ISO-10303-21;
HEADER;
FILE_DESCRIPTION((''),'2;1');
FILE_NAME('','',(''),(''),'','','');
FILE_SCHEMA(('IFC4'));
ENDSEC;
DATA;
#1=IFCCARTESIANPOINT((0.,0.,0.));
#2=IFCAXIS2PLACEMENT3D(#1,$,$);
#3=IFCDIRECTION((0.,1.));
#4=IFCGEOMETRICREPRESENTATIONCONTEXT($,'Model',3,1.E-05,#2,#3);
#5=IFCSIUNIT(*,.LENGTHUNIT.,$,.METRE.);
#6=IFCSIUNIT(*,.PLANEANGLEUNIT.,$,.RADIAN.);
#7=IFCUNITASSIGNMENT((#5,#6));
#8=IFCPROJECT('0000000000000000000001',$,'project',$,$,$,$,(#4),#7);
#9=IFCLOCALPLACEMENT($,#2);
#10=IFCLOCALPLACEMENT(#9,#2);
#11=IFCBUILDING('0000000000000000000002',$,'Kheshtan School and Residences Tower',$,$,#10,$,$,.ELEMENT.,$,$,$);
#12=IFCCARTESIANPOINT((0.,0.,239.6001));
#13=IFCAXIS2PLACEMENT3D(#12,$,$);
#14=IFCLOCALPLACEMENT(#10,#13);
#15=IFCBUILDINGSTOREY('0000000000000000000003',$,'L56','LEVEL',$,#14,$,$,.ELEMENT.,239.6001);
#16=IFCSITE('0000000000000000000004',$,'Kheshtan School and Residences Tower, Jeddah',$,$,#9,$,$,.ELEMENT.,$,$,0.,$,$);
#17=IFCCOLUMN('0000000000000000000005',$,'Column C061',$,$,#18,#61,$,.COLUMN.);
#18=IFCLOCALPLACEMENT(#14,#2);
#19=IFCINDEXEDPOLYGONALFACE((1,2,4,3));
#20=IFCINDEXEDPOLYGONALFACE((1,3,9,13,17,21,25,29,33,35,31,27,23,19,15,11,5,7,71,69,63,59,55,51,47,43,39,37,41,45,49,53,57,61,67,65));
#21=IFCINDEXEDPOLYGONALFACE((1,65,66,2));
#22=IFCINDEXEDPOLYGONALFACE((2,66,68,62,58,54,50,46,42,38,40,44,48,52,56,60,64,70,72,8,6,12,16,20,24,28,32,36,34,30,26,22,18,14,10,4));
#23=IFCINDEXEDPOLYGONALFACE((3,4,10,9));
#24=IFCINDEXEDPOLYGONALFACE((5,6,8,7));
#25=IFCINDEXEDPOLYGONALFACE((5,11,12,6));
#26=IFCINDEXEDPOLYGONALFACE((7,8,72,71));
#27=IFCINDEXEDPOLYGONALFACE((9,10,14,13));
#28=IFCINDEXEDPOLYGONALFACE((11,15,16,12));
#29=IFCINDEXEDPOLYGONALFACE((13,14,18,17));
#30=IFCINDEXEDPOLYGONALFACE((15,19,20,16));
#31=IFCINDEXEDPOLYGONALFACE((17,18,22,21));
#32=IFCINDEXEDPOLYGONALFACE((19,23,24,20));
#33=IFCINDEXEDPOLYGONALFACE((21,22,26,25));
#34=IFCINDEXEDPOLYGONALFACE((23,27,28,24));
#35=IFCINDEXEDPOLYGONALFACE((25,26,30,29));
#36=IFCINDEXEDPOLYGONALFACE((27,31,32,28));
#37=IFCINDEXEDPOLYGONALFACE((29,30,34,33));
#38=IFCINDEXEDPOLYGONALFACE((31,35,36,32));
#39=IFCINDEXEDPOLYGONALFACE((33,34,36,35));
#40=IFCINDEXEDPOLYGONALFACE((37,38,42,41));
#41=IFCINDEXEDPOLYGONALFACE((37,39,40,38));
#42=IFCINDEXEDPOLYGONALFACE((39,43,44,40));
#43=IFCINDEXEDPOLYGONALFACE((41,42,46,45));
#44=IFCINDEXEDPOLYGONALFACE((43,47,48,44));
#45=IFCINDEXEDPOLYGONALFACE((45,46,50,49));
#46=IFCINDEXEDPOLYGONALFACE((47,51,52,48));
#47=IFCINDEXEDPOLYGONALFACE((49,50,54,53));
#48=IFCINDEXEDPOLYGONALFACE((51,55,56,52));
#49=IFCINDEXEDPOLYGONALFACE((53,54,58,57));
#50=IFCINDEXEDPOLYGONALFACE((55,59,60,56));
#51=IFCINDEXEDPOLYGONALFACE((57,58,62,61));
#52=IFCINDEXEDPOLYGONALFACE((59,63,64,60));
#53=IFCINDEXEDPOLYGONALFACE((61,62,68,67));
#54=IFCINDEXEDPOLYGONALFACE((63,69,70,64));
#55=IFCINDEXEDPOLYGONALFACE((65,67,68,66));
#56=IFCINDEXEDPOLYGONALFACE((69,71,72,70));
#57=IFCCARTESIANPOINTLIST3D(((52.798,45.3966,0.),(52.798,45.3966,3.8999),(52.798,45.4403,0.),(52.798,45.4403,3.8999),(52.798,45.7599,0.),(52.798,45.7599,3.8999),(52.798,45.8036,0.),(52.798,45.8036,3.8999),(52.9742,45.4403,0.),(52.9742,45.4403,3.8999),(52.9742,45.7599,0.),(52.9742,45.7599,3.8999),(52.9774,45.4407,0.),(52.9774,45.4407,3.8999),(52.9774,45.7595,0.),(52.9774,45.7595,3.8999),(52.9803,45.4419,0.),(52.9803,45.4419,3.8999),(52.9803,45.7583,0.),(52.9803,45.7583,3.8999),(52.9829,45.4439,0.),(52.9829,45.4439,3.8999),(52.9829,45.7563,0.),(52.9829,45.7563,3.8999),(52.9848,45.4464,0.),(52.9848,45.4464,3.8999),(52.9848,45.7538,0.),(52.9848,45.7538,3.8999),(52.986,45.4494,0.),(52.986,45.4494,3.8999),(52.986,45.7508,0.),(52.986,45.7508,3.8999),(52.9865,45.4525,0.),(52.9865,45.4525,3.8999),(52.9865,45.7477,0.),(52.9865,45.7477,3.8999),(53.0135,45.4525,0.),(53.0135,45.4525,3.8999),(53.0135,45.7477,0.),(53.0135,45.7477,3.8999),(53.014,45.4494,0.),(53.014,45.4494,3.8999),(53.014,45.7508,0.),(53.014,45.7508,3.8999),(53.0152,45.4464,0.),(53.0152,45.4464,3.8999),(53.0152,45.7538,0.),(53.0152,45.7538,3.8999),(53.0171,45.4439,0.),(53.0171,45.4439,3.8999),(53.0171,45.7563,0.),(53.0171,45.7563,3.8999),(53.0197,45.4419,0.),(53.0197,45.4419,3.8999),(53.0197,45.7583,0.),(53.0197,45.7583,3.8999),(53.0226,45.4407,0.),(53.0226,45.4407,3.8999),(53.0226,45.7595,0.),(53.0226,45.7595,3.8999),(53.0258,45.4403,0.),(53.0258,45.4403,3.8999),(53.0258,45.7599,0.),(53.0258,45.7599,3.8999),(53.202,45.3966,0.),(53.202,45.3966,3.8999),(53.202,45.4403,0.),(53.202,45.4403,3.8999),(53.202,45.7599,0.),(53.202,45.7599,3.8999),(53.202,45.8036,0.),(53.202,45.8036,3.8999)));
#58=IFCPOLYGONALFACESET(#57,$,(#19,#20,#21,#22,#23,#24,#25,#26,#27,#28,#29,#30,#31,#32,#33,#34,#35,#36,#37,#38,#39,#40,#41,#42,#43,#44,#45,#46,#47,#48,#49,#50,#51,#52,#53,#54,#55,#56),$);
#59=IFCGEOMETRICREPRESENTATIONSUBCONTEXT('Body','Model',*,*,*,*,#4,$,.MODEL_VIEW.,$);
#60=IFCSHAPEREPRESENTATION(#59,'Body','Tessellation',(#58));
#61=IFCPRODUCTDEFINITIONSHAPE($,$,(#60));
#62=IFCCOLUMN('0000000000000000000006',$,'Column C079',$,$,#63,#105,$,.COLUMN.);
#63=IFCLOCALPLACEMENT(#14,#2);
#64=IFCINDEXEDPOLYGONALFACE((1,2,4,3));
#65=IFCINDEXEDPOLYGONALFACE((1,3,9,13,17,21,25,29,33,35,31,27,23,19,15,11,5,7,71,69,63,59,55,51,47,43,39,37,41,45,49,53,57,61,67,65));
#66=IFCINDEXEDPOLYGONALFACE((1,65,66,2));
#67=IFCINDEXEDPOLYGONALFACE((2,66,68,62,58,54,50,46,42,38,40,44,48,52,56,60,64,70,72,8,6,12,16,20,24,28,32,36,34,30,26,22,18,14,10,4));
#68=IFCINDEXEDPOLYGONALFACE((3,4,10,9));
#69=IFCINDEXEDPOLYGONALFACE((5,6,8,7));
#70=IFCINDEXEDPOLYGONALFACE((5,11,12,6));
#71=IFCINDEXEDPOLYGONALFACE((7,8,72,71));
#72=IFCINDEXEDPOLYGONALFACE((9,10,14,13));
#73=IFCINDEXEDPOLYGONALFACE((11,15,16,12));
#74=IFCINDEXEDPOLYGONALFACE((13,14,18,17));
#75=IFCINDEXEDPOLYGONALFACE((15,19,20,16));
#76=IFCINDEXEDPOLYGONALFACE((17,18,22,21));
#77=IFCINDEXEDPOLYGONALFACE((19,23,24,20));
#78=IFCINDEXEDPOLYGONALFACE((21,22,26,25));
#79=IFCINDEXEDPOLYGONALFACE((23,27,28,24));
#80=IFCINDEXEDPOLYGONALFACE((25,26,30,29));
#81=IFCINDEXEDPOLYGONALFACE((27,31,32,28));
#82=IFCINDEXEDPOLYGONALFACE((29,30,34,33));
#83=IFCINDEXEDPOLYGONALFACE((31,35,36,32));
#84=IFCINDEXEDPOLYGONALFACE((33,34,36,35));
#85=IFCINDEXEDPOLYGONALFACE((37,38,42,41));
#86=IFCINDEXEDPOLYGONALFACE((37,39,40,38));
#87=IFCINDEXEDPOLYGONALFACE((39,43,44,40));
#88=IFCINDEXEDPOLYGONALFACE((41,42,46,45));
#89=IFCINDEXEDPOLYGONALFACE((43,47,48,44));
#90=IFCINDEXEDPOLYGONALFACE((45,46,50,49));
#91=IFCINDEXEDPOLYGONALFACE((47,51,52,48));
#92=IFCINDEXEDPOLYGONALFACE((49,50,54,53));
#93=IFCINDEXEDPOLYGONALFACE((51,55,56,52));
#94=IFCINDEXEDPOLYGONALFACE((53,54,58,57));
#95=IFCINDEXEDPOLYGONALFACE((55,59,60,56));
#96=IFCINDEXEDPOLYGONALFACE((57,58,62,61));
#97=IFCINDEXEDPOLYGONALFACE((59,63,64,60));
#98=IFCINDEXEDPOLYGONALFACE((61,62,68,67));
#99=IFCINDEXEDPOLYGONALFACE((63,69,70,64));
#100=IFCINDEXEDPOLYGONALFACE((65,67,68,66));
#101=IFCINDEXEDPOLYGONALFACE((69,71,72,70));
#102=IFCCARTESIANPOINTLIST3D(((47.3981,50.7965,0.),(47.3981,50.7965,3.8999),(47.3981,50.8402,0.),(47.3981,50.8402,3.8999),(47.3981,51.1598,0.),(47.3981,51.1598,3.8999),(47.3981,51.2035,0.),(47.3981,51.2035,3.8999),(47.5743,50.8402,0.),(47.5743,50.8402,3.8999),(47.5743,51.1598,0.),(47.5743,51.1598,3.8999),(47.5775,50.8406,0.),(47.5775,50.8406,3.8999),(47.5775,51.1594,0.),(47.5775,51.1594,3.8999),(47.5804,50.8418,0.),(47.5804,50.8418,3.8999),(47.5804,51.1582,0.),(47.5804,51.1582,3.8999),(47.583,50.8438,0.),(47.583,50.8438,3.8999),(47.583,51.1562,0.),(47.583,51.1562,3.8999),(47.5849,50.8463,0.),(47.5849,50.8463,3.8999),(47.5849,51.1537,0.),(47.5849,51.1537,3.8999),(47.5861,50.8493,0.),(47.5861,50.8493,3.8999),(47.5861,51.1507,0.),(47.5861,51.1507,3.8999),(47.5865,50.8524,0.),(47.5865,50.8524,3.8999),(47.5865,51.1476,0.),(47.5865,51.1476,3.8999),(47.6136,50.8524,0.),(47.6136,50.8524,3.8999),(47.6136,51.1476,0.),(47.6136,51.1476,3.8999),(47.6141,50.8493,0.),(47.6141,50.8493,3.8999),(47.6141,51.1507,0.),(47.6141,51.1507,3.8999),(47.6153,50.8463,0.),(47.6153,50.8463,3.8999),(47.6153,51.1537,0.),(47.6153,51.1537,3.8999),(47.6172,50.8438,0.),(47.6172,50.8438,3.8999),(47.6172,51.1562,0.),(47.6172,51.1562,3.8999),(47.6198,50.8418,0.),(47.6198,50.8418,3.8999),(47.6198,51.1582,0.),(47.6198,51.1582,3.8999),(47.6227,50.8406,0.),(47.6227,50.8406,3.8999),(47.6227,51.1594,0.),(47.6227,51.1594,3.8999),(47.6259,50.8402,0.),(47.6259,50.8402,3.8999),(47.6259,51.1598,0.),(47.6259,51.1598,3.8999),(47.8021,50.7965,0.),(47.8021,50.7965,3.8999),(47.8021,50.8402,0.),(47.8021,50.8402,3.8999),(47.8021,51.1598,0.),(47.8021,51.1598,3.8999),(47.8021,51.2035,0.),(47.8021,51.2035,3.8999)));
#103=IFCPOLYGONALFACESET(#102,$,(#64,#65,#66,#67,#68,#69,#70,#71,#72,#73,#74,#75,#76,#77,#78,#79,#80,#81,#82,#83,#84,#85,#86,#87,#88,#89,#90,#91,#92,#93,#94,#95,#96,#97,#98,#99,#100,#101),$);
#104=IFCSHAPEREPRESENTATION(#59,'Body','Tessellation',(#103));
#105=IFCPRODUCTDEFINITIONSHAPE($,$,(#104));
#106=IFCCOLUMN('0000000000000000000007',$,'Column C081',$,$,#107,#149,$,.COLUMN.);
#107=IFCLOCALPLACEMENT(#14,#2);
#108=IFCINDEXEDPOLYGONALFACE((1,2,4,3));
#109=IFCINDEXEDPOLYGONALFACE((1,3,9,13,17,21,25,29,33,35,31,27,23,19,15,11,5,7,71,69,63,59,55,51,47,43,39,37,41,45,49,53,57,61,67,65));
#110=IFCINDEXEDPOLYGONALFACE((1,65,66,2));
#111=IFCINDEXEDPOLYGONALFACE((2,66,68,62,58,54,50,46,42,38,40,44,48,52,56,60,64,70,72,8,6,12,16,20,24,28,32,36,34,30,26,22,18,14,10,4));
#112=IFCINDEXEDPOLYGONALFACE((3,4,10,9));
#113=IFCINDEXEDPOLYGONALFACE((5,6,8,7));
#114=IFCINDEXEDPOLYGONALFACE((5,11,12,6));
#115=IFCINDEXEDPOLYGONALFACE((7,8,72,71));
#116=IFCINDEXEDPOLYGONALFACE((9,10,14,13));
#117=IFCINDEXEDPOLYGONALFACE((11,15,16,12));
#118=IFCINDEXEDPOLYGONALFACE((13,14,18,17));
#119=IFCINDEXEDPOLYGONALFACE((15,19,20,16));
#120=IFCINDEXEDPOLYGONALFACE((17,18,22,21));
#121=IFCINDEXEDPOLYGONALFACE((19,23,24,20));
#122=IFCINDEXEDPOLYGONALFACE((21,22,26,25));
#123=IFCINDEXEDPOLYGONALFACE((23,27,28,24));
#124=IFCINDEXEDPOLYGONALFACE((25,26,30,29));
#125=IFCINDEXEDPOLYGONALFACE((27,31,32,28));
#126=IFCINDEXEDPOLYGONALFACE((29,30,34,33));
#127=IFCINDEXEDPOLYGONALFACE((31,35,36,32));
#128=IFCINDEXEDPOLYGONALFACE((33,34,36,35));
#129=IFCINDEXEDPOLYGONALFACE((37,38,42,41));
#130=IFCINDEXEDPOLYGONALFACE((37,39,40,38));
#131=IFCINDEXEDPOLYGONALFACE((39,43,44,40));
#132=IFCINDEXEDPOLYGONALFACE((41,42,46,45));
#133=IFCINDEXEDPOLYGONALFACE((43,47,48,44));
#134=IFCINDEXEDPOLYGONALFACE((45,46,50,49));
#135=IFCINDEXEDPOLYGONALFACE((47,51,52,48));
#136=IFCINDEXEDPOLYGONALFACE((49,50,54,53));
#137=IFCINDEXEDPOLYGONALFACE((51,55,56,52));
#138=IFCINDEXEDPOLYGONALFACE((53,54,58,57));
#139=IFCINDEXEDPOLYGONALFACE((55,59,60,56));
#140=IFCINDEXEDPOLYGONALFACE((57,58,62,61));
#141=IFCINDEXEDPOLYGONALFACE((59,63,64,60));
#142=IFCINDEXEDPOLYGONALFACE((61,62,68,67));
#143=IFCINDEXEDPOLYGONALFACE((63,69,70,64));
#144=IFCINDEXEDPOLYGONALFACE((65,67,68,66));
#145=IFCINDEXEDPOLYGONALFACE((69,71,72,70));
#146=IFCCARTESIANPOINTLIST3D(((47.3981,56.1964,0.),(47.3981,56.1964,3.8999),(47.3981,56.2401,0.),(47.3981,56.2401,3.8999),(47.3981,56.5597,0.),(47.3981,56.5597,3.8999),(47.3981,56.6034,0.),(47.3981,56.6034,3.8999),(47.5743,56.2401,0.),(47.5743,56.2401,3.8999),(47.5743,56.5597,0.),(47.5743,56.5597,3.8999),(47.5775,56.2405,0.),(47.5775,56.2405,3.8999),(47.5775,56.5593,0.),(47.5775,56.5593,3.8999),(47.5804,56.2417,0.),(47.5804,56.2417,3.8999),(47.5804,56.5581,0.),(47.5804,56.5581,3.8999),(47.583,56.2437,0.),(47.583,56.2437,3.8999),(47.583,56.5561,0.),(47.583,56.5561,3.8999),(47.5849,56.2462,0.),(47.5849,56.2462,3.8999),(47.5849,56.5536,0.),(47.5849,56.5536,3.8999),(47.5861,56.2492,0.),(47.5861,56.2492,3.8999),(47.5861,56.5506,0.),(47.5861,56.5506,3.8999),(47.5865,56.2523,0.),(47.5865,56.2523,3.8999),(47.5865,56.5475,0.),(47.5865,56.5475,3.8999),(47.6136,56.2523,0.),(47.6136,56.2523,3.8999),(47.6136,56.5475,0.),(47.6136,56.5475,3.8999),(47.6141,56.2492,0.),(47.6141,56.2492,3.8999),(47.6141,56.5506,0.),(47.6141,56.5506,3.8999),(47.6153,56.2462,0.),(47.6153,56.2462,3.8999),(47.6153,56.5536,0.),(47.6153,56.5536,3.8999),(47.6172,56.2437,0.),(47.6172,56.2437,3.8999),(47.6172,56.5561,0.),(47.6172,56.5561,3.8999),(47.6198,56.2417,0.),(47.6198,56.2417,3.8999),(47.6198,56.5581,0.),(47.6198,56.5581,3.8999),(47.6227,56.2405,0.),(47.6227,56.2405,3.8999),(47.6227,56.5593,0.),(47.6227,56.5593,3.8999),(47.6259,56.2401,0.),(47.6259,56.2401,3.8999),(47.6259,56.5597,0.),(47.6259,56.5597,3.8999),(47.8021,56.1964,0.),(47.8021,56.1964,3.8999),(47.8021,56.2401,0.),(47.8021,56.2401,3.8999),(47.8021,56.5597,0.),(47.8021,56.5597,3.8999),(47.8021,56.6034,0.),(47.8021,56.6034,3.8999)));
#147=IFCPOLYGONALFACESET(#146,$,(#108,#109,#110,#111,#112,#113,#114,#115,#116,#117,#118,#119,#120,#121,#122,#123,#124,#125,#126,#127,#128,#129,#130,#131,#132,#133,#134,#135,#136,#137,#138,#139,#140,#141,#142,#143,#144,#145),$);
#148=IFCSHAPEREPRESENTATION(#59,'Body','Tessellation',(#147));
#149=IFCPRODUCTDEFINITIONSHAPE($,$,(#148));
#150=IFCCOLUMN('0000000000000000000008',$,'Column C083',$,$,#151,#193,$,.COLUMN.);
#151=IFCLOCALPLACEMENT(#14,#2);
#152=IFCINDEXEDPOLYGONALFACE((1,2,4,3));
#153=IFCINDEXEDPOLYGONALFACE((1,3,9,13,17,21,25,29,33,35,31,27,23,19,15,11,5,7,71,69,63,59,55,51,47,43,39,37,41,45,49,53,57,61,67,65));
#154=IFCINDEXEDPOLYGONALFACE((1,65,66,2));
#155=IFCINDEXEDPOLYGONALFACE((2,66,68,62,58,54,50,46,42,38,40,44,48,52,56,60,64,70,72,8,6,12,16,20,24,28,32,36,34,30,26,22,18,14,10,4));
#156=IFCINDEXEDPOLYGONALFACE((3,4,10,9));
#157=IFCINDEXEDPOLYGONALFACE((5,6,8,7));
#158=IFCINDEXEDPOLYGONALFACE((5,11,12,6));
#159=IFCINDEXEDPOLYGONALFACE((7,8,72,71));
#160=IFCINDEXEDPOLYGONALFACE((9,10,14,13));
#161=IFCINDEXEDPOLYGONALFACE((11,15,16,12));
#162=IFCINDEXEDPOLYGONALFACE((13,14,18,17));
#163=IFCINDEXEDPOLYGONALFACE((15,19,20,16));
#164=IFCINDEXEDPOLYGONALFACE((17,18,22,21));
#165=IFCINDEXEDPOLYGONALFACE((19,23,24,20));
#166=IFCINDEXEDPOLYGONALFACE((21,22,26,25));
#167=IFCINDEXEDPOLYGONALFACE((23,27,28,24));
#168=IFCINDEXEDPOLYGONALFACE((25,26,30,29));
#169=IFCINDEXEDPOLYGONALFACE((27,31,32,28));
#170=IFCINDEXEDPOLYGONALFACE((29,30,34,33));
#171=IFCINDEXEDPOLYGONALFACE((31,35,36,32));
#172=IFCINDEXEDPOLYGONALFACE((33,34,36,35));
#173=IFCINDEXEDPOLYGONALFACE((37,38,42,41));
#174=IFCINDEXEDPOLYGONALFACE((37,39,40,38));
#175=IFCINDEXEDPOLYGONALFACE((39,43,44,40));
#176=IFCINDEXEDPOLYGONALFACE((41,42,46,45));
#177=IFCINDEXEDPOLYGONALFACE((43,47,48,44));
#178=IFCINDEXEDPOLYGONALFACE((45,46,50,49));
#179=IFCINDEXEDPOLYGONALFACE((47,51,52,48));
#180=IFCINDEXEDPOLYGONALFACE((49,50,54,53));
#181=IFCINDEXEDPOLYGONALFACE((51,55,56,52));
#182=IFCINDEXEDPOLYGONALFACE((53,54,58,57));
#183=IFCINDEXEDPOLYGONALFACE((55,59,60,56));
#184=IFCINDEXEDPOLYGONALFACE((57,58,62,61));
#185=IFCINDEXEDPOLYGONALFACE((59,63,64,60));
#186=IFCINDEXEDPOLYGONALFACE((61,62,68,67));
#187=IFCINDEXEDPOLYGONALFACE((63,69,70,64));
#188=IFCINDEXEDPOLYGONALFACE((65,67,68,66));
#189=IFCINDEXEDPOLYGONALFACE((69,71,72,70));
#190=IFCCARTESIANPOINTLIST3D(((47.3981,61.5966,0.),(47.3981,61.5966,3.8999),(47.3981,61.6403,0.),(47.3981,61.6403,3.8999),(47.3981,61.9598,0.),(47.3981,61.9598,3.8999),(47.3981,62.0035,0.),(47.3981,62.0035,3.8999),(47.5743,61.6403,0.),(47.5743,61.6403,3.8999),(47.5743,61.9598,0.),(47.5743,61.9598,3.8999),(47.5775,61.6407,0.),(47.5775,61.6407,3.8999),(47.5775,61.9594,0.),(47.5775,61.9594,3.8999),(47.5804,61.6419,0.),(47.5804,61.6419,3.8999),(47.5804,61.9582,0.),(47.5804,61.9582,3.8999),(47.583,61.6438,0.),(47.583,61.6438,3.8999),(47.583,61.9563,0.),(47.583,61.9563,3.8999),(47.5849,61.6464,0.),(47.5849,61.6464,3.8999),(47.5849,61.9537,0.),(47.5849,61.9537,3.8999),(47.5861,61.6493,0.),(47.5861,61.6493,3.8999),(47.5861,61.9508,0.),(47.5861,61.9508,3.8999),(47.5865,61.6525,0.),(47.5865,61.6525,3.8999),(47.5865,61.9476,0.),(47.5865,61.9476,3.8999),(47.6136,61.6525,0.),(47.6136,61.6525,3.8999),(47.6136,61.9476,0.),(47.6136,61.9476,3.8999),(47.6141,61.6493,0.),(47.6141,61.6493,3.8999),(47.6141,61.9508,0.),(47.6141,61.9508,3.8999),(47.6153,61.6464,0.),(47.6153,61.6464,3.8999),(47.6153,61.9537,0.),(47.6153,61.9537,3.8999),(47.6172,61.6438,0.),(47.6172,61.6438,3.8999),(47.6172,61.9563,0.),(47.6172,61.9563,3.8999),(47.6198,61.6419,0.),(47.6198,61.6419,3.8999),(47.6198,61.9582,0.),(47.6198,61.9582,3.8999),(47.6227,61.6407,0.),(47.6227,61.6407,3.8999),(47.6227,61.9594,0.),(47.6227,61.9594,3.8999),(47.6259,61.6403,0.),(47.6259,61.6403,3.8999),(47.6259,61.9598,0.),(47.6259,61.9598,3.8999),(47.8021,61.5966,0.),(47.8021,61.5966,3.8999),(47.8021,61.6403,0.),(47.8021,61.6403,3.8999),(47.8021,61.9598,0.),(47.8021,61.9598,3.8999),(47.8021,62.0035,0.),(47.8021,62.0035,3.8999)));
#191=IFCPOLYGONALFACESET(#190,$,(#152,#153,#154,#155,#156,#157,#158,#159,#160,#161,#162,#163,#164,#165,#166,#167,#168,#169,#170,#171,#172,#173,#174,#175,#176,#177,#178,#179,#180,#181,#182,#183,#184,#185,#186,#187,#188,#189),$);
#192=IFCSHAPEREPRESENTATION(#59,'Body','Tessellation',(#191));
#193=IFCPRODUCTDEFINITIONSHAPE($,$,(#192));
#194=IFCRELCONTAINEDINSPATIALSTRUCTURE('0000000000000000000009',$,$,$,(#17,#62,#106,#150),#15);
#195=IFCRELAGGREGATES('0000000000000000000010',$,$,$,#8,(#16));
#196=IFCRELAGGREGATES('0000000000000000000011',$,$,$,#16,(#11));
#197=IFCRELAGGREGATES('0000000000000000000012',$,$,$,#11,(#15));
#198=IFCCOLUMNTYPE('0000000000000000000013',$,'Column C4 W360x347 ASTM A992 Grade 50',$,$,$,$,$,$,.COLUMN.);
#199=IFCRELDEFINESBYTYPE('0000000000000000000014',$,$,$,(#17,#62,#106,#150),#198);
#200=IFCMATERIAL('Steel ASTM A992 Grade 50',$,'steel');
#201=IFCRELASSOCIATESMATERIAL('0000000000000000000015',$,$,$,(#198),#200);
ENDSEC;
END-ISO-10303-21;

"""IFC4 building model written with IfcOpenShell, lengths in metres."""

from ifc_helpers import new_model, si_unit, direction, frame, origin, origin_2d, place, context, subcontext, project, spatial, i_section, extrude, material, material_profile, profile_set, type_object, element, save


model = new_model("IFC4")

# Units and contexts
model_context = context("Model", 3, precision=1e-05, world=origin(), true_north=direction((0.0, 1.0)))
body_context = subcontext(model_context, "Body", "Model", "MODEL_VIEW")
ifc_project = project(units=[si_unit("LENGTHUNIT", "METRE"), si_unit("PLANEANGLEUNIT", "RADIAN")], contexts=[model_context])

# Site, building, storey
site_placement = place(None, origin())
site = spatial("IfcSite", under=ifc_project, at=site_placement, Name="Kheshtan School and Residences Tower, Jeddah", CompositionType="ELEMENT", RefElevation=0.0)
building_placement = place(site_placement, origin())
building = spatial("IfcBuilding", under=site, at=building_placement, Name="Kheshtan School and Residences Tower", CompositionType="ELEMENT")
storey_placement = place(building_placement, frame((0.0, 0.0, 239.6001)))
storey = spatial("IfcBuildingStorey", under=building, at=storey_placement, Name="L56", Description="LEVEL", CompositionType="ELEMENT", Elevation=239.6001)

# Columns
ifc_material_1 = material(Name="Steel ASTM A992 Grade 50", Category="steel")
ifc_material_profile_1 = material_profile(ifc_material_1, i_section(OverallWidth=0.4041, OverallDepth=0.407, WebThickness=0.0271, FlangeThickness=0.0437, FilletRadius=0.0122, at=origin_2d()), Name="W360x347")
ifc_profile_set_1 = profile_set([ifc_material_profile_1], Name="Steel ASTM A992 Grade 50")
column_type_1 = type_object("IfcColumnType", Name="Column C4 W360x347 ASTM A992 Grade 50", PredefinedType="COLUMN", material=ifc_profile_set_1)
for number, where, z_axis, x_axis, name in (
    (1, (53.0, 45.6001, 0.0), (0.0, 0.0, 1.0), (1.0, 0.0, 0.0), "Column C061"),
    (2, (47.6001, 51.0, 0.0), (0.0, 0.0, 1.0), (1.0, 0.0, 0.0), "Column C079"),
    (3, (47.6001, 56.3999, 0.0), (0.0, 0.0, 1.0), (1.0, 0.0, 0.0), "Column C081"),
    (4, (47.6001, 61.8, 0.0), (0.0, 0.0, 1.0), (1.0, 0.0, 0.0), "Column C083"),
):
    element("IfcColumn", number, at=place(storey_placement, frame(where, z_axis=z_axis, x_axis=x_axis)), inside=storey, type_object=column_type_1, Name=name, PredefinedType="COLUMN", context=body_context, shape_type="SweptSolid", body=[
        extrude(i_section(OverallWidth=0.4041, OverallDepth=0.407, WebThickness=0.0271, FlangeThickness=0.0437, FilletRadius=0.0122, at=origin_2d()), origin(), (0.0, 0.0, 1.0), 3.8999),
    ])

save(model, "model.ifc")
